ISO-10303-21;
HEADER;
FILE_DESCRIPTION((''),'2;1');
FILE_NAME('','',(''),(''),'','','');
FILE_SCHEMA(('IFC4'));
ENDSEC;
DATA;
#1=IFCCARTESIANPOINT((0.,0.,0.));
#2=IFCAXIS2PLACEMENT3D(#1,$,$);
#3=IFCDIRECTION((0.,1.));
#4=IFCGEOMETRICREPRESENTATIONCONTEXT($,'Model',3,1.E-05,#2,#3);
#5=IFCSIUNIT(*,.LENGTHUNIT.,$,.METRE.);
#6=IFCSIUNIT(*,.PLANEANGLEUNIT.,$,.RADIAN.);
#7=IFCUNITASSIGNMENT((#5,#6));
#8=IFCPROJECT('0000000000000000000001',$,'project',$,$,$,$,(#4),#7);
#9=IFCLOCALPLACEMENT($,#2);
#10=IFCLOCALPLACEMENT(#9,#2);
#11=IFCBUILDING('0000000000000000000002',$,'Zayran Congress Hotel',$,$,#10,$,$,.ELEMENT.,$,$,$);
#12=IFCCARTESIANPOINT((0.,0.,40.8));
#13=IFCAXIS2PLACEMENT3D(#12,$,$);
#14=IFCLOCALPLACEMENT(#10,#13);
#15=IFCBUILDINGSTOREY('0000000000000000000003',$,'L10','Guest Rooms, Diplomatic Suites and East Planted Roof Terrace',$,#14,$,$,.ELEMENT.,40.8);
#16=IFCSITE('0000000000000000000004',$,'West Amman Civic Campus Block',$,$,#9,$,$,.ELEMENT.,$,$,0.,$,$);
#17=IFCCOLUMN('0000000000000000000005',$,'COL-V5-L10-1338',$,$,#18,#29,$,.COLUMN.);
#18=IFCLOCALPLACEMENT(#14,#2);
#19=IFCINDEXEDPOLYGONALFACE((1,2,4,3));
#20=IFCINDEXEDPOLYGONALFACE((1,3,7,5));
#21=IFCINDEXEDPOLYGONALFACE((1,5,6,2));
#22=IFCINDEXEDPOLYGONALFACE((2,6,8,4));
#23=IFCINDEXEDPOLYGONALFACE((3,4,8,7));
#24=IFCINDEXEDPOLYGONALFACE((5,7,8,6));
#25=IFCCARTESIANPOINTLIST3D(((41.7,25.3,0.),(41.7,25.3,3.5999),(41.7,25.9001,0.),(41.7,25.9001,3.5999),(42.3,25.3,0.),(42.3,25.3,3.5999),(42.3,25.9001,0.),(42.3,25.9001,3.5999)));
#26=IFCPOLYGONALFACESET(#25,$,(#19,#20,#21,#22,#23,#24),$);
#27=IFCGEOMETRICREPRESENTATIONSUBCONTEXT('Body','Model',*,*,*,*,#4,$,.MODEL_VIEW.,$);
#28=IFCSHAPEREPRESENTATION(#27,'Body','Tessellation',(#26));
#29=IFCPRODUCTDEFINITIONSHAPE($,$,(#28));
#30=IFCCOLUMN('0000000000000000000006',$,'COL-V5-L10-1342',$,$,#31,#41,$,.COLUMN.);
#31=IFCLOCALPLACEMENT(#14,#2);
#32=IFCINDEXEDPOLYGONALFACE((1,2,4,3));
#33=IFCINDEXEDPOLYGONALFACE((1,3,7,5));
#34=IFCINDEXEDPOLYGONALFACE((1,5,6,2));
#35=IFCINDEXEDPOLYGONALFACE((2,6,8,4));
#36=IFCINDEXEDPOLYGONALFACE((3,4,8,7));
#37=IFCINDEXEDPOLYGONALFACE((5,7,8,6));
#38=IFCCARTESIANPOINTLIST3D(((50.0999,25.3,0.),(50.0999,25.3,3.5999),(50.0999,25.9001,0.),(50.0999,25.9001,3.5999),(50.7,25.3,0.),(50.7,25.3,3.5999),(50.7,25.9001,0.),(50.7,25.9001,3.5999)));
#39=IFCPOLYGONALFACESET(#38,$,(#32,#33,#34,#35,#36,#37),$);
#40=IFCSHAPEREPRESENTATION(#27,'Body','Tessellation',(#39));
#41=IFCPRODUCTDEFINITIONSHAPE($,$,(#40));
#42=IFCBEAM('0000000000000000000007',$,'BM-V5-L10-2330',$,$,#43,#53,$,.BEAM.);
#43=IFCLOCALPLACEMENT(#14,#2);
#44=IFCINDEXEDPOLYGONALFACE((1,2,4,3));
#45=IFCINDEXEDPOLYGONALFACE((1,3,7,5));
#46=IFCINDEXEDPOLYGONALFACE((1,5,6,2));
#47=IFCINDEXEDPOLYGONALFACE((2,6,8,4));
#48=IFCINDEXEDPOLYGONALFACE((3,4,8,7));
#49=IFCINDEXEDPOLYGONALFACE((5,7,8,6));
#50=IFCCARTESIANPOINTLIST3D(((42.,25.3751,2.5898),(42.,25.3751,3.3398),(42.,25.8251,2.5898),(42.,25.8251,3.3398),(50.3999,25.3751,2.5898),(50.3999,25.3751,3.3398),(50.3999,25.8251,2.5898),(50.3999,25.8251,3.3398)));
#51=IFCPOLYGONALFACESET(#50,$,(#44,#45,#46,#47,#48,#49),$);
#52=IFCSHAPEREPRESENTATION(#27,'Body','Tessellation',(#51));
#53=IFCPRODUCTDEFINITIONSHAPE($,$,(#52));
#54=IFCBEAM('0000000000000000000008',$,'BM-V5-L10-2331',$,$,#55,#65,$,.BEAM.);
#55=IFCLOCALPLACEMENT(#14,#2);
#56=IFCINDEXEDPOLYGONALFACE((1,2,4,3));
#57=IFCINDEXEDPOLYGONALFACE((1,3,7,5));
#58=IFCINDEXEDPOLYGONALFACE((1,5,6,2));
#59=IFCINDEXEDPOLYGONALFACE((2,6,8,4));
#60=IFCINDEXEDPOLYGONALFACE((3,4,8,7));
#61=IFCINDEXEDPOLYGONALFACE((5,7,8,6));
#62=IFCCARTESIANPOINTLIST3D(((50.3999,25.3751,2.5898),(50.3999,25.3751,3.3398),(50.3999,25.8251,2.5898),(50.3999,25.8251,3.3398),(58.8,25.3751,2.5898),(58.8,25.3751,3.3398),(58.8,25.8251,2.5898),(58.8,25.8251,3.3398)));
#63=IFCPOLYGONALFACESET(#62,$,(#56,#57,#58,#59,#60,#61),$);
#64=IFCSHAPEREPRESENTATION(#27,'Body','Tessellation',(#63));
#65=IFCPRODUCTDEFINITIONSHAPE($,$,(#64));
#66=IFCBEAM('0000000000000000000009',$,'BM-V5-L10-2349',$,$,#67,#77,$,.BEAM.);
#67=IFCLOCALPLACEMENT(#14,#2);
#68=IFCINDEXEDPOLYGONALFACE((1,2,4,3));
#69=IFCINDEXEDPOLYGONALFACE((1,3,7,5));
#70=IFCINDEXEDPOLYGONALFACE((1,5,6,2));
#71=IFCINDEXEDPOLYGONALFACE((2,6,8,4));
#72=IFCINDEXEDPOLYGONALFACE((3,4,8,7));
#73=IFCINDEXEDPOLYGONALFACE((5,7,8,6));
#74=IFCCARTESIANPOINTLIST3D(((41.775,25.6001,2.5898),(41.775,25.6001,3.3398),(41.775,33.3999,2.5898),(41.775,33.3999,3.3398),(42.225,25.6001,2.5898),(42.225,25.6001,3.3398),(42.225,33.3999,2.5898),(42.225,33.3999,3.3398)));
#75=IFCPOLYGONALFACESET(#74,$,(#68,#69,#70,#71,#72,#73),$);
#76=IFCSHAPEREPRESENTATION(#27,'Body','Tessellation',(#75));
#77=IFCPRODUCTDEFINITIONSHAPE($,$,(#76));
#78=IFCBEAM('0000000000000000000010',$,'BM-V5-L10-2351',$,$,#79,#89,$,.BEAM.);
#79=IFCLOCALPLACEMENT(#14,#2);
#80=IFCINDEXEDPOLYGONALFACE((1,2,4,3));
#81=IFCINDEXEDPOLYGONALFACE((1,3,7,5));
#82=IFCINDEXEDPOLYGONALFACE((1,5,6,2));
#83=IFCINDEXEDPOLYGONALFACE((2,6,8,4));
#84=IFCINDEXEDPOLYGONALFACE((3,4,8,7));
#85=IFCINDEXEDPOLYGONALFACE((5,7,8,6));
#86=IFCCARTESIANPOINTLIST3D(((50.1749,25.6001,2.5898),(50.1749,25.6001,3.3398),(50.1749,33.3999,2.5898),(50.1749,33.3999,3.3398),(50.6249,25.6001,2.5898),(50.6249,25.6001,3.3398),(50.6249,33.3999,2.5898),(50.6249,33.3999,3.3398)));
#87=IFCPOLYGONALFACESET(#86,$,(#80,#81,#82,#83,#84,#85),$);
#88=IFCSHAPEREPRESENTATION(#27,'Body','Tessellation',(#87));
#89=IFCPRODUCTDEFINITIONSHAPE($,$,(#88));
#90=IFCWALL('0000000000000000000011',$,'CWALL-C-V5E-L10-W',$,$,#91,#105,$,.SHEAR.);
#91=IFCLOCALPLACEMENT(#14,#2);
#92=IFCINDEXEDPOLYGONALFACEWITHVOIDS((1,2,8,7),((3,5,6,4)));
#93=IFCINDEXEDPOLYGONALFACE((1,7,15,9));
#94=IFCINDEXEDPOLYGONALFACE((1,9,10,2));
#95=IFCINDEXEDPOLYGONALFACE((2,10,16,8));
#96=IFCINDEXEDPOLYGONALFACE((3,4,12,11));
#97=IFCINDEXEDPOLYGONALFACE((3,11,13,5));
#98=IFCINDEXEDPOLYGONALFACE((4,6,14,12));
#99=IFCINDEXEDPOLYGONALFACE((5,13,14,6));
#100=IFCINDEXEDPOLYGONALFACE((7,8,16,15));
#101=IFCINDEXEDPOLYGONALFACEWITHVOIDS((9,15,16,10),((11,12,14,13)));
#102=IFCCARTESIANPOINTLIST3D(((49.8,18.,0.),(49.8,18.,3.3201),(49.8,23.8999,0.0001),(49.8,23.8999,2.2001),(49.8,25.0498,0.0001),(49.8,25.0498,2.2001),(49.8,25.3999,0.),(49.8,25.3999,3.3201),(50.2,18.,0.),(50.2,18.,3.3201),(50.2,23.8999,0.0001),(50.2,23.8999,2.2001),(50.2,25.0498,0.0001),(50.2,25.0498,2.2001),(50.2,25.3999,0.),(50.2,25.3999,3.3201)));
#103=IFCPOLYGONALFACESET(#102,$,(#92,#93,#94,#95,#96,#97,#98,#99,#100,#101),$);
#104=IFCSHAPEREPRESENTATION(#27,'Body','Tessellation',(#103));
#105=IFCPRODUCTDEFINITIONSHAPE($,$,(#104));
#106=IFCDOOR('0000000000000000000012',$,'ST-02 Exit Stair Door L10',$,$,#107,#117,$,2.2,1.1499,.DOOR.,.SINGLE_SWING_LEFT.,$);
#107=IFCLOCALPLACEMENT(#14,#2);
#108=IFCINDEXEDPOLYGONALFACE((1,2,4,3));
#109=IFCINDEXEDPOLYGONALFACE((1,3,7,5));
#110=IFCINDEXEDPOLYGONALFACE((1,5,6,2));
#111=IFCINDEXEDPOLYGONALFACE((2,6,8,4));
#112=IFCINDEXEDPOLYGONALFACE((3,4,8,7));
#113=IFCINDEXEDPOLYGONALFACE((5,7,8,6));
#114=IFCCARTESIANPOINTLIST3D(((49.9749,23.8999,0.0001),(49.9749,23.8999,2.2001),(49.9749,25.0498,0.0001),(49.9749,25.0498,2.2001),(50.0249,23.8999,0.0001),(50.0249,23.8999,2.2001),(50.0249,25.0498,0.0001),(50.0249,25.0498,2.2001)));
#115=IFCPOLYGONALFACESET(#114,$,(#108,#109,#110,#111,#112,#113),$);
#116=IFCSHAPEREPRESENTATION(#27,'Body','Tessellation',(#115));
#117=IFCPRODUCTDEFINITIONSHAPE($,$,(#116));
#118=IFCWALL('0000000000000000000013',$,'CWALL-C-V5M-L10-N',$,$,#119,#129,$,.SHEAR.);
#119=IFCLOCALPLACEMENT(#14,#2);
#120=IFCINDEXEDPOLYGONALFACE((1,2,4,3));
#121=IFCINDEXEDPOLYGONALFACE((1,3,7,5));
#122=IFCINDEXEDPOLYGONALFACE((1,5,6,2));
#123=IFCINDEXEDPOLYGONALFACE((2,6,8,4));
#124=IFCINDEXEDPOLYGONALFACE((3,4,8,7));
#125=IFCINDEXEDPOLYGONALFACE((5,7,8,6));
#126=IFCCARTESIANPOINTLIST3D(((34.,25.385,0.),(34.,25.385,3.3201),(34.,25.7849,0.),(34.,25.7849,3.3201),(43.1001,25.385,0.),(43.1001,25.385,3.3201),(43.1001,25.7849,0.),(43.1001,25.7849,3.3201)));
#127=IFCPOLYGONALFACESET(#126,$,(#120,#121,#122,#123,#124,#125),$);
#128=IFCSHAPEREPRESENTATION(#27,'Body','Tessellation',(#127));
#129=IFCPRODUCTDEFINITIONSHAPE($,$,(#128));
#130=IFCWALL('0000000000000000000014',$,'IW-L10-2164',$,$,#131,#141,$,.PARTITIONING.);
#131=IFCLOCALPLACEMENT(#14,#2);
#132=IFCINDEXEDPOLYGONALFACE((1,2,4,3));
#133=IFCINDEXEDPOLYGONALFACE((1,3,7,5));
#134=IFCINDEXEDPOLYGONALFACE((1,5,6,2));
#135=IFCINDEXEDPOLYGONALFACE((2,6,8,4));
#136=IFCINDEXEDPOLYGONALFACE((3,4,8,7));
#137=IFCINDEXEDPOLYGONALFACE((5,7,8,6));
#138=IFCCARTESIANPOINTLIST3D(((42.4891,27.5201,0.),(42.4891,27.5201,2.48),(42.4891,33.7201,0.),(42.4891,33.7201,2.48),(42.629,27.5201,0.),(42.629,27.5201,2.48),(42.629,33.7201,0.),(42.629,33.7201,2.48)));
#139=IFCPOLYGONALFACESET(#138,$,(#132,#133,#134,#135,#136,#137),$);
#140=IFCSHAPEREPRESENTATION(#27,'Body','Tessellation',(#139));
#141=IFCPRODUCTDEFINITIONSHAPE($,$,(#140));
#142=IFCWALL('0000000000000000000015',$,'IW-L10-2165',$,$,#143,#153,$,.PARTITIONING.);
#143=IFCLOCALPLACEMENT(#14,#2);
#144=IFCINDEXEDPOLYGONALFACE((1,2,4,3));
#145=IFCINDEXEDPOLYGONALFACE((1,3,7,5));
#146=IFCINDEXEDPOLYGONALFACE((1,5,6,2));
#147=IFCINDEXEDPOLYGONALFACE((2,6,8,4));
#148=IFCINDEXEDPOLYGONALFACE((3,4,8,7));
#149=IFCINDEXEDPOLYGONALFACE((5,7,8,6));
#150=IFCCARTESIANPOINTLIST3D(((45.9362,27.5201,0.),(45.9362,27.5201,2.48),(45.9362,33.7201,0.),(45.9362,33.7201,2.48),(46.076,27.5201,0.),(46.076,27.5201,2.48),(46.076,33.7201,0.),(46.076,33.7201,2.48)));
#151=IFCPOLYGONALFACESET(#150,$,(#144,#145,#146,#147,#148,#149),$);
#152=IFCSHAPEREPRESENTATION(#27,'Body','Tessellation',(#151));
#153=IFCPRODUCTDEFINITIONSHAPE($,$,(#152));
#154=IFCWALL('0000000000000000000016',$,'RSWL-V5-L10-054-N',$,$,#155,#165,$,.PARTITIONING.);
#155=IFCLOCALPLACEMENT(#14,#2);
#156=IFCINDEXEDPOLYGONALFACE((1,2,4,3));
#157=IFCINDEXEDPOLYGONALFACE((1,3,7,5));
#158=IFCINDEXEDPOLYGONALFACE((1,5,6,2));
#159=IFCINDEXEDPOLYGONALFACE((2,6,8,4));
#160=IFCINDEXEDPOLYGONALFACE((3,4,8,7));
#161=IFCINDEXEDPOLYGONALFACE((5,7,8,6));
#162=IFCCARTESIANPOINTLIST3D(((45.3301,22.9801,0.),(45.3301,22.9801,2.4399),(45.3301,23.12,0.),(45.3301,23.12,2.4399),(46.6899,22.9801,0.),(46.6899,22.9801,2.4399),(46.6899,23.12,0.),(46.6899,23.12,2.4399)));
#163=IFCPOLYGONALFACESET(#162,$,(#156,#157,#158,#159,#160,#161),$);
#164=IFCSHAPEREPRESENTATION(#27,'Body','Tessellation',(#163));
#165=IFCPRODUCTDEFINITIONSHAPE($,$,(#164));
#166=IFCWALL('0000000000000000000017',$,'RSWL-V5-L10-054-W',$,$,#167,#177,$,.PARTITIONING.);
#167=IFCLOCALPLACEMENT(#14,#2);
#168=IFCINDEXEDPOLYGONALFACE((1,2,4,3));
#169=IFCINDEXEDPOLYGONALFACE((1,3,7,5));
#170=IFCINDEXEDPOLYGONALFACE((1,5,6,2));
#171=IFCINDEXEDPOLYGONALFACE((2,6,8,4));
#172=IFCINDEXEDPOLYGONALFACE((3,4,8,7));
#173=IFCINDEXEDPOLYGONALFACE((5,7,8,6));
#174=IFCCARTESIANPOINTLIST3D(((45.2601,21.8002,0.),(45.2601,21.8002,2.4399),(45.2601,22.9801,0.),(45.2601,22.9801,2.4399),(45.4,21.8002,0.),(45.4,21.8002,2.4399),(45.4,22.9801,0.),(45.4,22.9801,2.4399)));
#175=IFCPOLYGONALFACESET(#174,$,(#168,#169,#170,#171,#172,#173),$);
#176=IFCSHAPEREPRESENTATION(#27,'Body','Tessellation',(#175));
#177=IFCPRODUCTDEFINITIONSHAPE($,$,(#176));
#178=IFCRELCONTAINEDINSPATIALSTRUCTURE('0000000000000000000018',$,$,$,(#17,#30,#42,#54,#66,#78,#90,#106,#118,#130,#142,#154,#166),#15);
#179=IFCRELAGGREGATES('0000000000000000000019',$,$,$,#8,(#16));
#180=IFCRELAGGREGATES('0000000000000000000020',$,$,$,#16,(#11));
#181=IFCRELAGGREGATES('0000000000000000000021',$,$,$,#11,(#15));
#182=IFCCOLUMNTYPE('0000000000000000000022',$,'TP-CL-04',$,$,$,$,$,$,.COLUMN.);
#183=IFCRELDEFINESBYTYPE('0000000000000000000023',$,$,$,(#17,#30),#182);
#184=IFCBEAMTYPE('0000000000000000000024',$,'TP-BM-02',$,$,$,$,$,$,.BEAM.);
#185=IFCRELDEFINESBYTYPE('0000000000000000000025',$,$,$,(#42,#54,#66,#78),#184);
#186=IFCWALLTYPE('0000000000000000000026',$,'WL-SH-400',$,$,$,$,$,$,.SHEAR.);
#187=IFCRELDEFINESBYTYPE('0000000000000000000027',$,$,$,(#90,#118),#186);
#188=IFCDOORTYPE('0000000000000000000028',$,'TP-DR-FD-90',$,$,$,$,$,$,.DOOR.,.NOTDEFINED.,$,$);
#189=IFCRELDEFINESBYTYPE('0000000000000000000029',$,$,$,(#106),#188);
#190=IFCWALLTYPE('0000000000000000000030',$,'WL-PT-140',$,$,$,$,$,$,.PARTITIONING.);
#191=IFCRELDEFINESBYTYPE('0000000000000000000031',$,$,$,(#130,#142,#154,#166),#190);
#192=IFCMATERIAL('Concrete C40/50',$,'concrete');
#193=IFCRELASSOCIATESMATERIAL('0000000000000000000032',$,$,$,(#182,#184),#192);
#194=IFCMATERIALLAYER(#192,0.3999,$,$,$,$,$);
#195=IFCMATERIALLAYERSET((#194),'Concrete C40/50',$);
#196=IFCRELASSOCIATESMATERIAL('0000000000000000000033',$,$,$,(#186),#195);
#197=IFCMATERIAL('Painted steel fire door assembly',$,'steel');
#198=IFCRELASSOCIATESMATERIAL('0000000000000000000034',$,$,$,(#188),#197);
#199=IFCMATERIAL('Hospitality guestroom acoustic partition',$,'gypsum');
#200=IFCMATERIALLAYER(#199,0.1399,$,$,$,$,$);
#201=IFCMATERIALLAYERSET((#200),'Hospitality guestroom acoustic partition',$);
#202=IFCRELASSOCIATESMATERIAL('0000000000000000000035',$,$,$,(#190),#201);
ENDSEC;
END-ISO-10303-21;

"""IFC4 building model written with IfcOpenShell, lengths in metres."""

from ifc_helpers import new_model, si_unit, direction, frame, frame_2d, origin, origin_2d, place, context, subcontext, project, spatial, rectangle, extrude, material, layer, layer_set, material_profile, profile_set, type_object, element, fill, save


model = new_model("IFC4")

# Units and contexts
model_context = context("Model", 3, precision=1e-05, world=origin(), true_north=direction((0.0, 1.0)))
body_context = subcontext(model_context, "Body", "Model", "MODEL_VIEW")
ifc_project = project(units=[si_unit("LENGTHUNIT", "METRE"), si_unit("PLANEANGLEUNIT", "RADIAN")], contexts=[model_context])

# Site, building, storey
site_placement = place(None, origin())
site = spatial("IfcSite", under=ifc_project, at=site_placement, Name="West Amman Civic Campus Block", CompositionType="ELEMENT", RefElevation=0.0)
building_placement = place(site_placement, origin())
building = spatial("IfcBuilding", under=site, at=building_placement, Name="Zayran Congress Hotel", CompositionType="ELEMENT")
storey_placement = place(building_placement, frame((0.0, 0.0, 40.8)))
storey = spatial("IfcBuildingStorey", under=building, at=storey_placement, Name="L10", Description="Guest Rooms, Diplomatic Suites and East Planted Roof Terrace", CompositionType="ELEMENT", Elevation=40.8)

# Columns
ifc_material_1 = material(Name="Concrete C40/50", Category="concrete")
ifc_material_profile_1 = material_profile(ifc_material_1, rectangle(XDim=0.6001, YDim=0.6001, at=origin_2d()), Name="RC 600x600")
ifc_profile_set_1 = profile_set([ifc_material_profile_1], Name="Concrete C40/50")
column_type = type_object("IfcColumnType", Name="TP-CL-04", PredefinedType="COLUMN", material=ifc_profile_set_1)
for number, where, z_axis, x_axis, name in (
    (1, (42.0, 25.6001, 0.0), (0.0, 0.0, 1.0), (1.0, 0.0, 0.0), "COL-V5-L10-1338"),
    (2, (50.3999, 25.6001, 0.0), (0.0, 0.0, 1.0), (1.0, 0.0, 0.0), "COL-V5-L10-1342"),
):
    element("IfcColumn", number, at=place(storey_placement, frame(where, z_axis=z_axis, x_axis=x_axis)), inside=storey, type_object=column_type, Name=name, PredefinedType="COLUMN", context=body_context, shape_type="SweptSolid", body=[
        extrude(rectangle(XDim=0.6001, YDim=0.6001, at=origin_2d()), origin(), (0.0, 0.0, 1.0), 3.5999),
    ])

# Beams
ifc_material_profile_2 = material_profile(ifc_material_1, rectangle(XDim=0.45, YDim=0.75, at=origin_2d()), Name="RC 450x750")
ifc_profile_set_2 = profile_set([ifc_material_profile_2], Name="Concrete C40/50")
beam_type = type_object("IfcBeamType", Name="TP-BM-02", PredefinedType="BEAM", material=ifc_profile_set_2)
beam_1_placement = place(storey_placement, frame((42.0, 25.6001, 2.9648), z_axis=(1.0, 0.0, 0.0), x_axis=(0.0, 1.0, 0.0)))
element("IfcBeam", 3, at=beam_1_placement, inside=storey, type_object=beam_type, Name="BM-V5-L10-2330", PredefinedType="BEAM", context=body_context, shape_type="SweptSolid", body=[
    extrude(rectangle(XDim=0.45, YDim=0.75, at=origin_2d()), origin(), (0.0, 0.0, 1.0), 8.3999),
])
beam_2_placement = place(storey_placement, frame((50.3999, 25.6001, 2.9648), z_axis=(1.0, 0.0, 0.0), x_axis=(0.0, 1.0, 0.0)))
element("IfcBeam", 4, at=beam_2_placement, inside=storey, type_object=beam_type, Name="BM-V5-L10-2331", PredefinedType="BEAM", context=body_context, shape_type="SweptSolid", body=[
    extrude(rectangle(XDim=0.45, YDim=0.75, at=origin_2d()), origin(), (0.0, 0.0, 1.0), 8.4001),
])
for number, where, z_axis, x_axis, name in (
    (5, (42.0, 25.6001, 2.9648), (0.0, 1.0, 0.0), (-1.0, 0.0, 0.0), "BM-V5-L10-2349"),
    (6, (50.3999, 25.6001, 2.9648), (0.0, 1.0, 0.0), (-1.0, 0.0, 0.0), "BM-V5-L10-2351"),
):
    element("IfcBeam", number, at=place(storey_placement, frame(where, z_axis=z_axis, x_axis=x_axis)), inside=storey, type_object=beam_type, Name=name, PredefinedType="BEAM", context=body_context, shape_type="SweptSolid", body=[
        extrude(rectangle(XDim=0.45, YDim=0.75, at=origin_2d()), origin(), (0.0, 0.0, 1.0), 7.7998),
    ])

# Wall, opening, door
ifc_layer_1 = layer(ifc_material_1, 0.3999)
ifc_layer_set_1 = layer_set([ifc_layer_1], Name="Concrete C40/50")
wall_type_1 = type_object("IfcWallType", Name="WL-SH-400", PredefinedType="SHEAR", material=ifc_layer_set_1)
wall_1_placement = place(storey_placement, frame((50.0, 25.3999, 0.0), z_axis=(0.0, 0.0, 1.0), x_axis=(0.0, -1.0, 0.0)))
wall_1 = element("IfcWall", 7, at=wall_1_placement, inside=storey, type_object=wall_type_1, Name="CWALL-C-V5E-L10-W", PredefinedType="SHEAR", context=body_context, shape_type="SweptSolid", body=[
    extrude(rectangle(XDim=7.3999, YDim=0.3999, at=frame_2d((3.7, 0.0))), origin(), (0.0, 0.0, 1.0), 3.3201),
])
opening_1_placement = place(wall_1_placement, frame((0.3501, 0.0, 0.0)))
opening_1 = element("IfcOpeningElement", 8, at=opening_1_placement, cuts=wall_1, PredefinedType="OPENING", context=body_context, shape_type="SweptSolid", body=[
    extrude(rectangle(XDim=1.1499, YDim=2.2, at=frame_2d((0.575, 1.1001))), frame((0.0, 0.21, 0.0), z_axis=(0.0, -1.0, 0.0), x_axis=(1.0, 0.0, 0.0)), (0.0, 0.0, 1.0), 0.4199),
])
ifc_material_2 = material(Name="Painted steel fire door assembly", Category="steel")
door_type_1 = type_object("IfcDoorType", Name="TP-DR-FD-90", OperationType="NOTDEFINED", PredefinedType="DOOR", material=ifc_material_2)
door_1_placement = place(opening_1_placement, origin())
door_1 = element("IfcDoor", 9, at=door_1_placement, inside=storey, type_object=door_type_1, Name="ST-02 Exit Stair Door L10", OperationType="SINGLE_SWING_LEFT", OverallHeight=2.2, OverallWidth=1.1499, PredefinedType="DOOR", context=body_context, shape_type="SweptSolid", body=[
    extrude(rectangle(XDim=1.1499, YDim=2.2, at=frame_2d((0.575, 1.1001))), frame((0.0, 0.0249, 0.0), z_axis=(0.0, -1.0, 0.0), x_axis=(1.0, 0.0, 0.0)), (0.0, 0.0, 1.0), 0.05),
])
fill(opening_1, door_1)

# Walls
wall_2_placement = place(storey_placement, frame((43.1001, 25.585, 0.0), z_axis=(0.0, 0.0, 1.0), x_axis=(-1.0, 0.0, 0.0)))
element("IfcWall", 10, at=wall_2_placement, inside=storey, type_object=wall_type_1, Name="CWALL-C-V5M-L10-N", PredefinedType="SHEAR", context=body_context, shape_type="SweptSolid", body=[
    extrude(rectangle(XDim=9.1001, YDim=0.3999, at=frame_2d((4.55, 0.0))), origin(), (0.0, 0.0, 1.0), 3.3201),
])
ifc_material_3 = material(Name="Hospitality guestroom acoustic partition", Category="gypsum")
ifc_layer_2 = layer(ifc_material_3, 0.1399)
ifc_layer_set_2 = layer_set([ifc_layer_2], Name="Hospitality guestroom acoustic partition")
wall_type_2 = type_object("IfcWallType", Name="WL-PT-140", PredefinedType="PARTITIONING", material=ifc_layer_set_2)
for number, where, z_axis, x_axis, name in (
    (11, (42.5591, 27.52, 0.0), (0.0, 0.0, 1.0), (0.0, 1.0, 0.0), "IW-L10-2164"),
    (12, (46.0061, 27.52, 0.0), (0.0, 0.0, 1.0), (0.0, 1.0, 0.0), "IW-L10-2165"),
):
    element("IfcWall", number, at=place(storey_placement, frame(where, z_axis=z_axis, x_axis=x_axis)), inside=storey, type_object=wall_type_2, Name=name, PredefinedType="PARTITIONING", context=body_context, shape_type="SweptSolid", body=[
        extrude(rectangle(XDim=6.2, YDim=0.1399, at=frame_2d((3.1001, 0.0))), origin(), (0.0, 0.0, 1.0), 2.48),
    ])
wall_3_placement = place(storey_placement, frame((46.6899, 23.05, 0.0), z_axis=(0.0, 0.0, 1.0), x_axis=(-1.0, 0.0, 0.0)))
element("IfcWall", 13, at=wall_3_placement, inside=storey, type_object=wall_type_2, Name="RSWL-V5-L10-054-N", PredefinedType="PARTITIONING", context=body_context, shape_type="SweptSolid", body=[
    extrude(rectangle(XDim=1.3599, YDim=0.1399, at=frame_2d((0.6799, 0.0))), origin(), (0.0, 0.0, 1.0), 2.4399),
])
wall_4_placement = place(storey_placement, frame((45.3301, 22.98, 0.0), z_axis=(0.0, 0.0, 1.0), x_axis=(0.0, -1.0, 0.0)))
element("IfcWall", 14, at=wall_4_placement, inside=storey, type_object=wall_type_2, Name="RSWL-V5-L10-054-W", PredefinedType="PARTITIONING", context=body_context, shape_type="SweptSolid", body=[
    extrude(rectangle(XDim=1.1799, YDim=0.1399, at=frame_2d((0.5898, 0.0))), origin(), (0.0, 0.0, 1.0), 2.4399),
])

save(model, "model.ifc")
